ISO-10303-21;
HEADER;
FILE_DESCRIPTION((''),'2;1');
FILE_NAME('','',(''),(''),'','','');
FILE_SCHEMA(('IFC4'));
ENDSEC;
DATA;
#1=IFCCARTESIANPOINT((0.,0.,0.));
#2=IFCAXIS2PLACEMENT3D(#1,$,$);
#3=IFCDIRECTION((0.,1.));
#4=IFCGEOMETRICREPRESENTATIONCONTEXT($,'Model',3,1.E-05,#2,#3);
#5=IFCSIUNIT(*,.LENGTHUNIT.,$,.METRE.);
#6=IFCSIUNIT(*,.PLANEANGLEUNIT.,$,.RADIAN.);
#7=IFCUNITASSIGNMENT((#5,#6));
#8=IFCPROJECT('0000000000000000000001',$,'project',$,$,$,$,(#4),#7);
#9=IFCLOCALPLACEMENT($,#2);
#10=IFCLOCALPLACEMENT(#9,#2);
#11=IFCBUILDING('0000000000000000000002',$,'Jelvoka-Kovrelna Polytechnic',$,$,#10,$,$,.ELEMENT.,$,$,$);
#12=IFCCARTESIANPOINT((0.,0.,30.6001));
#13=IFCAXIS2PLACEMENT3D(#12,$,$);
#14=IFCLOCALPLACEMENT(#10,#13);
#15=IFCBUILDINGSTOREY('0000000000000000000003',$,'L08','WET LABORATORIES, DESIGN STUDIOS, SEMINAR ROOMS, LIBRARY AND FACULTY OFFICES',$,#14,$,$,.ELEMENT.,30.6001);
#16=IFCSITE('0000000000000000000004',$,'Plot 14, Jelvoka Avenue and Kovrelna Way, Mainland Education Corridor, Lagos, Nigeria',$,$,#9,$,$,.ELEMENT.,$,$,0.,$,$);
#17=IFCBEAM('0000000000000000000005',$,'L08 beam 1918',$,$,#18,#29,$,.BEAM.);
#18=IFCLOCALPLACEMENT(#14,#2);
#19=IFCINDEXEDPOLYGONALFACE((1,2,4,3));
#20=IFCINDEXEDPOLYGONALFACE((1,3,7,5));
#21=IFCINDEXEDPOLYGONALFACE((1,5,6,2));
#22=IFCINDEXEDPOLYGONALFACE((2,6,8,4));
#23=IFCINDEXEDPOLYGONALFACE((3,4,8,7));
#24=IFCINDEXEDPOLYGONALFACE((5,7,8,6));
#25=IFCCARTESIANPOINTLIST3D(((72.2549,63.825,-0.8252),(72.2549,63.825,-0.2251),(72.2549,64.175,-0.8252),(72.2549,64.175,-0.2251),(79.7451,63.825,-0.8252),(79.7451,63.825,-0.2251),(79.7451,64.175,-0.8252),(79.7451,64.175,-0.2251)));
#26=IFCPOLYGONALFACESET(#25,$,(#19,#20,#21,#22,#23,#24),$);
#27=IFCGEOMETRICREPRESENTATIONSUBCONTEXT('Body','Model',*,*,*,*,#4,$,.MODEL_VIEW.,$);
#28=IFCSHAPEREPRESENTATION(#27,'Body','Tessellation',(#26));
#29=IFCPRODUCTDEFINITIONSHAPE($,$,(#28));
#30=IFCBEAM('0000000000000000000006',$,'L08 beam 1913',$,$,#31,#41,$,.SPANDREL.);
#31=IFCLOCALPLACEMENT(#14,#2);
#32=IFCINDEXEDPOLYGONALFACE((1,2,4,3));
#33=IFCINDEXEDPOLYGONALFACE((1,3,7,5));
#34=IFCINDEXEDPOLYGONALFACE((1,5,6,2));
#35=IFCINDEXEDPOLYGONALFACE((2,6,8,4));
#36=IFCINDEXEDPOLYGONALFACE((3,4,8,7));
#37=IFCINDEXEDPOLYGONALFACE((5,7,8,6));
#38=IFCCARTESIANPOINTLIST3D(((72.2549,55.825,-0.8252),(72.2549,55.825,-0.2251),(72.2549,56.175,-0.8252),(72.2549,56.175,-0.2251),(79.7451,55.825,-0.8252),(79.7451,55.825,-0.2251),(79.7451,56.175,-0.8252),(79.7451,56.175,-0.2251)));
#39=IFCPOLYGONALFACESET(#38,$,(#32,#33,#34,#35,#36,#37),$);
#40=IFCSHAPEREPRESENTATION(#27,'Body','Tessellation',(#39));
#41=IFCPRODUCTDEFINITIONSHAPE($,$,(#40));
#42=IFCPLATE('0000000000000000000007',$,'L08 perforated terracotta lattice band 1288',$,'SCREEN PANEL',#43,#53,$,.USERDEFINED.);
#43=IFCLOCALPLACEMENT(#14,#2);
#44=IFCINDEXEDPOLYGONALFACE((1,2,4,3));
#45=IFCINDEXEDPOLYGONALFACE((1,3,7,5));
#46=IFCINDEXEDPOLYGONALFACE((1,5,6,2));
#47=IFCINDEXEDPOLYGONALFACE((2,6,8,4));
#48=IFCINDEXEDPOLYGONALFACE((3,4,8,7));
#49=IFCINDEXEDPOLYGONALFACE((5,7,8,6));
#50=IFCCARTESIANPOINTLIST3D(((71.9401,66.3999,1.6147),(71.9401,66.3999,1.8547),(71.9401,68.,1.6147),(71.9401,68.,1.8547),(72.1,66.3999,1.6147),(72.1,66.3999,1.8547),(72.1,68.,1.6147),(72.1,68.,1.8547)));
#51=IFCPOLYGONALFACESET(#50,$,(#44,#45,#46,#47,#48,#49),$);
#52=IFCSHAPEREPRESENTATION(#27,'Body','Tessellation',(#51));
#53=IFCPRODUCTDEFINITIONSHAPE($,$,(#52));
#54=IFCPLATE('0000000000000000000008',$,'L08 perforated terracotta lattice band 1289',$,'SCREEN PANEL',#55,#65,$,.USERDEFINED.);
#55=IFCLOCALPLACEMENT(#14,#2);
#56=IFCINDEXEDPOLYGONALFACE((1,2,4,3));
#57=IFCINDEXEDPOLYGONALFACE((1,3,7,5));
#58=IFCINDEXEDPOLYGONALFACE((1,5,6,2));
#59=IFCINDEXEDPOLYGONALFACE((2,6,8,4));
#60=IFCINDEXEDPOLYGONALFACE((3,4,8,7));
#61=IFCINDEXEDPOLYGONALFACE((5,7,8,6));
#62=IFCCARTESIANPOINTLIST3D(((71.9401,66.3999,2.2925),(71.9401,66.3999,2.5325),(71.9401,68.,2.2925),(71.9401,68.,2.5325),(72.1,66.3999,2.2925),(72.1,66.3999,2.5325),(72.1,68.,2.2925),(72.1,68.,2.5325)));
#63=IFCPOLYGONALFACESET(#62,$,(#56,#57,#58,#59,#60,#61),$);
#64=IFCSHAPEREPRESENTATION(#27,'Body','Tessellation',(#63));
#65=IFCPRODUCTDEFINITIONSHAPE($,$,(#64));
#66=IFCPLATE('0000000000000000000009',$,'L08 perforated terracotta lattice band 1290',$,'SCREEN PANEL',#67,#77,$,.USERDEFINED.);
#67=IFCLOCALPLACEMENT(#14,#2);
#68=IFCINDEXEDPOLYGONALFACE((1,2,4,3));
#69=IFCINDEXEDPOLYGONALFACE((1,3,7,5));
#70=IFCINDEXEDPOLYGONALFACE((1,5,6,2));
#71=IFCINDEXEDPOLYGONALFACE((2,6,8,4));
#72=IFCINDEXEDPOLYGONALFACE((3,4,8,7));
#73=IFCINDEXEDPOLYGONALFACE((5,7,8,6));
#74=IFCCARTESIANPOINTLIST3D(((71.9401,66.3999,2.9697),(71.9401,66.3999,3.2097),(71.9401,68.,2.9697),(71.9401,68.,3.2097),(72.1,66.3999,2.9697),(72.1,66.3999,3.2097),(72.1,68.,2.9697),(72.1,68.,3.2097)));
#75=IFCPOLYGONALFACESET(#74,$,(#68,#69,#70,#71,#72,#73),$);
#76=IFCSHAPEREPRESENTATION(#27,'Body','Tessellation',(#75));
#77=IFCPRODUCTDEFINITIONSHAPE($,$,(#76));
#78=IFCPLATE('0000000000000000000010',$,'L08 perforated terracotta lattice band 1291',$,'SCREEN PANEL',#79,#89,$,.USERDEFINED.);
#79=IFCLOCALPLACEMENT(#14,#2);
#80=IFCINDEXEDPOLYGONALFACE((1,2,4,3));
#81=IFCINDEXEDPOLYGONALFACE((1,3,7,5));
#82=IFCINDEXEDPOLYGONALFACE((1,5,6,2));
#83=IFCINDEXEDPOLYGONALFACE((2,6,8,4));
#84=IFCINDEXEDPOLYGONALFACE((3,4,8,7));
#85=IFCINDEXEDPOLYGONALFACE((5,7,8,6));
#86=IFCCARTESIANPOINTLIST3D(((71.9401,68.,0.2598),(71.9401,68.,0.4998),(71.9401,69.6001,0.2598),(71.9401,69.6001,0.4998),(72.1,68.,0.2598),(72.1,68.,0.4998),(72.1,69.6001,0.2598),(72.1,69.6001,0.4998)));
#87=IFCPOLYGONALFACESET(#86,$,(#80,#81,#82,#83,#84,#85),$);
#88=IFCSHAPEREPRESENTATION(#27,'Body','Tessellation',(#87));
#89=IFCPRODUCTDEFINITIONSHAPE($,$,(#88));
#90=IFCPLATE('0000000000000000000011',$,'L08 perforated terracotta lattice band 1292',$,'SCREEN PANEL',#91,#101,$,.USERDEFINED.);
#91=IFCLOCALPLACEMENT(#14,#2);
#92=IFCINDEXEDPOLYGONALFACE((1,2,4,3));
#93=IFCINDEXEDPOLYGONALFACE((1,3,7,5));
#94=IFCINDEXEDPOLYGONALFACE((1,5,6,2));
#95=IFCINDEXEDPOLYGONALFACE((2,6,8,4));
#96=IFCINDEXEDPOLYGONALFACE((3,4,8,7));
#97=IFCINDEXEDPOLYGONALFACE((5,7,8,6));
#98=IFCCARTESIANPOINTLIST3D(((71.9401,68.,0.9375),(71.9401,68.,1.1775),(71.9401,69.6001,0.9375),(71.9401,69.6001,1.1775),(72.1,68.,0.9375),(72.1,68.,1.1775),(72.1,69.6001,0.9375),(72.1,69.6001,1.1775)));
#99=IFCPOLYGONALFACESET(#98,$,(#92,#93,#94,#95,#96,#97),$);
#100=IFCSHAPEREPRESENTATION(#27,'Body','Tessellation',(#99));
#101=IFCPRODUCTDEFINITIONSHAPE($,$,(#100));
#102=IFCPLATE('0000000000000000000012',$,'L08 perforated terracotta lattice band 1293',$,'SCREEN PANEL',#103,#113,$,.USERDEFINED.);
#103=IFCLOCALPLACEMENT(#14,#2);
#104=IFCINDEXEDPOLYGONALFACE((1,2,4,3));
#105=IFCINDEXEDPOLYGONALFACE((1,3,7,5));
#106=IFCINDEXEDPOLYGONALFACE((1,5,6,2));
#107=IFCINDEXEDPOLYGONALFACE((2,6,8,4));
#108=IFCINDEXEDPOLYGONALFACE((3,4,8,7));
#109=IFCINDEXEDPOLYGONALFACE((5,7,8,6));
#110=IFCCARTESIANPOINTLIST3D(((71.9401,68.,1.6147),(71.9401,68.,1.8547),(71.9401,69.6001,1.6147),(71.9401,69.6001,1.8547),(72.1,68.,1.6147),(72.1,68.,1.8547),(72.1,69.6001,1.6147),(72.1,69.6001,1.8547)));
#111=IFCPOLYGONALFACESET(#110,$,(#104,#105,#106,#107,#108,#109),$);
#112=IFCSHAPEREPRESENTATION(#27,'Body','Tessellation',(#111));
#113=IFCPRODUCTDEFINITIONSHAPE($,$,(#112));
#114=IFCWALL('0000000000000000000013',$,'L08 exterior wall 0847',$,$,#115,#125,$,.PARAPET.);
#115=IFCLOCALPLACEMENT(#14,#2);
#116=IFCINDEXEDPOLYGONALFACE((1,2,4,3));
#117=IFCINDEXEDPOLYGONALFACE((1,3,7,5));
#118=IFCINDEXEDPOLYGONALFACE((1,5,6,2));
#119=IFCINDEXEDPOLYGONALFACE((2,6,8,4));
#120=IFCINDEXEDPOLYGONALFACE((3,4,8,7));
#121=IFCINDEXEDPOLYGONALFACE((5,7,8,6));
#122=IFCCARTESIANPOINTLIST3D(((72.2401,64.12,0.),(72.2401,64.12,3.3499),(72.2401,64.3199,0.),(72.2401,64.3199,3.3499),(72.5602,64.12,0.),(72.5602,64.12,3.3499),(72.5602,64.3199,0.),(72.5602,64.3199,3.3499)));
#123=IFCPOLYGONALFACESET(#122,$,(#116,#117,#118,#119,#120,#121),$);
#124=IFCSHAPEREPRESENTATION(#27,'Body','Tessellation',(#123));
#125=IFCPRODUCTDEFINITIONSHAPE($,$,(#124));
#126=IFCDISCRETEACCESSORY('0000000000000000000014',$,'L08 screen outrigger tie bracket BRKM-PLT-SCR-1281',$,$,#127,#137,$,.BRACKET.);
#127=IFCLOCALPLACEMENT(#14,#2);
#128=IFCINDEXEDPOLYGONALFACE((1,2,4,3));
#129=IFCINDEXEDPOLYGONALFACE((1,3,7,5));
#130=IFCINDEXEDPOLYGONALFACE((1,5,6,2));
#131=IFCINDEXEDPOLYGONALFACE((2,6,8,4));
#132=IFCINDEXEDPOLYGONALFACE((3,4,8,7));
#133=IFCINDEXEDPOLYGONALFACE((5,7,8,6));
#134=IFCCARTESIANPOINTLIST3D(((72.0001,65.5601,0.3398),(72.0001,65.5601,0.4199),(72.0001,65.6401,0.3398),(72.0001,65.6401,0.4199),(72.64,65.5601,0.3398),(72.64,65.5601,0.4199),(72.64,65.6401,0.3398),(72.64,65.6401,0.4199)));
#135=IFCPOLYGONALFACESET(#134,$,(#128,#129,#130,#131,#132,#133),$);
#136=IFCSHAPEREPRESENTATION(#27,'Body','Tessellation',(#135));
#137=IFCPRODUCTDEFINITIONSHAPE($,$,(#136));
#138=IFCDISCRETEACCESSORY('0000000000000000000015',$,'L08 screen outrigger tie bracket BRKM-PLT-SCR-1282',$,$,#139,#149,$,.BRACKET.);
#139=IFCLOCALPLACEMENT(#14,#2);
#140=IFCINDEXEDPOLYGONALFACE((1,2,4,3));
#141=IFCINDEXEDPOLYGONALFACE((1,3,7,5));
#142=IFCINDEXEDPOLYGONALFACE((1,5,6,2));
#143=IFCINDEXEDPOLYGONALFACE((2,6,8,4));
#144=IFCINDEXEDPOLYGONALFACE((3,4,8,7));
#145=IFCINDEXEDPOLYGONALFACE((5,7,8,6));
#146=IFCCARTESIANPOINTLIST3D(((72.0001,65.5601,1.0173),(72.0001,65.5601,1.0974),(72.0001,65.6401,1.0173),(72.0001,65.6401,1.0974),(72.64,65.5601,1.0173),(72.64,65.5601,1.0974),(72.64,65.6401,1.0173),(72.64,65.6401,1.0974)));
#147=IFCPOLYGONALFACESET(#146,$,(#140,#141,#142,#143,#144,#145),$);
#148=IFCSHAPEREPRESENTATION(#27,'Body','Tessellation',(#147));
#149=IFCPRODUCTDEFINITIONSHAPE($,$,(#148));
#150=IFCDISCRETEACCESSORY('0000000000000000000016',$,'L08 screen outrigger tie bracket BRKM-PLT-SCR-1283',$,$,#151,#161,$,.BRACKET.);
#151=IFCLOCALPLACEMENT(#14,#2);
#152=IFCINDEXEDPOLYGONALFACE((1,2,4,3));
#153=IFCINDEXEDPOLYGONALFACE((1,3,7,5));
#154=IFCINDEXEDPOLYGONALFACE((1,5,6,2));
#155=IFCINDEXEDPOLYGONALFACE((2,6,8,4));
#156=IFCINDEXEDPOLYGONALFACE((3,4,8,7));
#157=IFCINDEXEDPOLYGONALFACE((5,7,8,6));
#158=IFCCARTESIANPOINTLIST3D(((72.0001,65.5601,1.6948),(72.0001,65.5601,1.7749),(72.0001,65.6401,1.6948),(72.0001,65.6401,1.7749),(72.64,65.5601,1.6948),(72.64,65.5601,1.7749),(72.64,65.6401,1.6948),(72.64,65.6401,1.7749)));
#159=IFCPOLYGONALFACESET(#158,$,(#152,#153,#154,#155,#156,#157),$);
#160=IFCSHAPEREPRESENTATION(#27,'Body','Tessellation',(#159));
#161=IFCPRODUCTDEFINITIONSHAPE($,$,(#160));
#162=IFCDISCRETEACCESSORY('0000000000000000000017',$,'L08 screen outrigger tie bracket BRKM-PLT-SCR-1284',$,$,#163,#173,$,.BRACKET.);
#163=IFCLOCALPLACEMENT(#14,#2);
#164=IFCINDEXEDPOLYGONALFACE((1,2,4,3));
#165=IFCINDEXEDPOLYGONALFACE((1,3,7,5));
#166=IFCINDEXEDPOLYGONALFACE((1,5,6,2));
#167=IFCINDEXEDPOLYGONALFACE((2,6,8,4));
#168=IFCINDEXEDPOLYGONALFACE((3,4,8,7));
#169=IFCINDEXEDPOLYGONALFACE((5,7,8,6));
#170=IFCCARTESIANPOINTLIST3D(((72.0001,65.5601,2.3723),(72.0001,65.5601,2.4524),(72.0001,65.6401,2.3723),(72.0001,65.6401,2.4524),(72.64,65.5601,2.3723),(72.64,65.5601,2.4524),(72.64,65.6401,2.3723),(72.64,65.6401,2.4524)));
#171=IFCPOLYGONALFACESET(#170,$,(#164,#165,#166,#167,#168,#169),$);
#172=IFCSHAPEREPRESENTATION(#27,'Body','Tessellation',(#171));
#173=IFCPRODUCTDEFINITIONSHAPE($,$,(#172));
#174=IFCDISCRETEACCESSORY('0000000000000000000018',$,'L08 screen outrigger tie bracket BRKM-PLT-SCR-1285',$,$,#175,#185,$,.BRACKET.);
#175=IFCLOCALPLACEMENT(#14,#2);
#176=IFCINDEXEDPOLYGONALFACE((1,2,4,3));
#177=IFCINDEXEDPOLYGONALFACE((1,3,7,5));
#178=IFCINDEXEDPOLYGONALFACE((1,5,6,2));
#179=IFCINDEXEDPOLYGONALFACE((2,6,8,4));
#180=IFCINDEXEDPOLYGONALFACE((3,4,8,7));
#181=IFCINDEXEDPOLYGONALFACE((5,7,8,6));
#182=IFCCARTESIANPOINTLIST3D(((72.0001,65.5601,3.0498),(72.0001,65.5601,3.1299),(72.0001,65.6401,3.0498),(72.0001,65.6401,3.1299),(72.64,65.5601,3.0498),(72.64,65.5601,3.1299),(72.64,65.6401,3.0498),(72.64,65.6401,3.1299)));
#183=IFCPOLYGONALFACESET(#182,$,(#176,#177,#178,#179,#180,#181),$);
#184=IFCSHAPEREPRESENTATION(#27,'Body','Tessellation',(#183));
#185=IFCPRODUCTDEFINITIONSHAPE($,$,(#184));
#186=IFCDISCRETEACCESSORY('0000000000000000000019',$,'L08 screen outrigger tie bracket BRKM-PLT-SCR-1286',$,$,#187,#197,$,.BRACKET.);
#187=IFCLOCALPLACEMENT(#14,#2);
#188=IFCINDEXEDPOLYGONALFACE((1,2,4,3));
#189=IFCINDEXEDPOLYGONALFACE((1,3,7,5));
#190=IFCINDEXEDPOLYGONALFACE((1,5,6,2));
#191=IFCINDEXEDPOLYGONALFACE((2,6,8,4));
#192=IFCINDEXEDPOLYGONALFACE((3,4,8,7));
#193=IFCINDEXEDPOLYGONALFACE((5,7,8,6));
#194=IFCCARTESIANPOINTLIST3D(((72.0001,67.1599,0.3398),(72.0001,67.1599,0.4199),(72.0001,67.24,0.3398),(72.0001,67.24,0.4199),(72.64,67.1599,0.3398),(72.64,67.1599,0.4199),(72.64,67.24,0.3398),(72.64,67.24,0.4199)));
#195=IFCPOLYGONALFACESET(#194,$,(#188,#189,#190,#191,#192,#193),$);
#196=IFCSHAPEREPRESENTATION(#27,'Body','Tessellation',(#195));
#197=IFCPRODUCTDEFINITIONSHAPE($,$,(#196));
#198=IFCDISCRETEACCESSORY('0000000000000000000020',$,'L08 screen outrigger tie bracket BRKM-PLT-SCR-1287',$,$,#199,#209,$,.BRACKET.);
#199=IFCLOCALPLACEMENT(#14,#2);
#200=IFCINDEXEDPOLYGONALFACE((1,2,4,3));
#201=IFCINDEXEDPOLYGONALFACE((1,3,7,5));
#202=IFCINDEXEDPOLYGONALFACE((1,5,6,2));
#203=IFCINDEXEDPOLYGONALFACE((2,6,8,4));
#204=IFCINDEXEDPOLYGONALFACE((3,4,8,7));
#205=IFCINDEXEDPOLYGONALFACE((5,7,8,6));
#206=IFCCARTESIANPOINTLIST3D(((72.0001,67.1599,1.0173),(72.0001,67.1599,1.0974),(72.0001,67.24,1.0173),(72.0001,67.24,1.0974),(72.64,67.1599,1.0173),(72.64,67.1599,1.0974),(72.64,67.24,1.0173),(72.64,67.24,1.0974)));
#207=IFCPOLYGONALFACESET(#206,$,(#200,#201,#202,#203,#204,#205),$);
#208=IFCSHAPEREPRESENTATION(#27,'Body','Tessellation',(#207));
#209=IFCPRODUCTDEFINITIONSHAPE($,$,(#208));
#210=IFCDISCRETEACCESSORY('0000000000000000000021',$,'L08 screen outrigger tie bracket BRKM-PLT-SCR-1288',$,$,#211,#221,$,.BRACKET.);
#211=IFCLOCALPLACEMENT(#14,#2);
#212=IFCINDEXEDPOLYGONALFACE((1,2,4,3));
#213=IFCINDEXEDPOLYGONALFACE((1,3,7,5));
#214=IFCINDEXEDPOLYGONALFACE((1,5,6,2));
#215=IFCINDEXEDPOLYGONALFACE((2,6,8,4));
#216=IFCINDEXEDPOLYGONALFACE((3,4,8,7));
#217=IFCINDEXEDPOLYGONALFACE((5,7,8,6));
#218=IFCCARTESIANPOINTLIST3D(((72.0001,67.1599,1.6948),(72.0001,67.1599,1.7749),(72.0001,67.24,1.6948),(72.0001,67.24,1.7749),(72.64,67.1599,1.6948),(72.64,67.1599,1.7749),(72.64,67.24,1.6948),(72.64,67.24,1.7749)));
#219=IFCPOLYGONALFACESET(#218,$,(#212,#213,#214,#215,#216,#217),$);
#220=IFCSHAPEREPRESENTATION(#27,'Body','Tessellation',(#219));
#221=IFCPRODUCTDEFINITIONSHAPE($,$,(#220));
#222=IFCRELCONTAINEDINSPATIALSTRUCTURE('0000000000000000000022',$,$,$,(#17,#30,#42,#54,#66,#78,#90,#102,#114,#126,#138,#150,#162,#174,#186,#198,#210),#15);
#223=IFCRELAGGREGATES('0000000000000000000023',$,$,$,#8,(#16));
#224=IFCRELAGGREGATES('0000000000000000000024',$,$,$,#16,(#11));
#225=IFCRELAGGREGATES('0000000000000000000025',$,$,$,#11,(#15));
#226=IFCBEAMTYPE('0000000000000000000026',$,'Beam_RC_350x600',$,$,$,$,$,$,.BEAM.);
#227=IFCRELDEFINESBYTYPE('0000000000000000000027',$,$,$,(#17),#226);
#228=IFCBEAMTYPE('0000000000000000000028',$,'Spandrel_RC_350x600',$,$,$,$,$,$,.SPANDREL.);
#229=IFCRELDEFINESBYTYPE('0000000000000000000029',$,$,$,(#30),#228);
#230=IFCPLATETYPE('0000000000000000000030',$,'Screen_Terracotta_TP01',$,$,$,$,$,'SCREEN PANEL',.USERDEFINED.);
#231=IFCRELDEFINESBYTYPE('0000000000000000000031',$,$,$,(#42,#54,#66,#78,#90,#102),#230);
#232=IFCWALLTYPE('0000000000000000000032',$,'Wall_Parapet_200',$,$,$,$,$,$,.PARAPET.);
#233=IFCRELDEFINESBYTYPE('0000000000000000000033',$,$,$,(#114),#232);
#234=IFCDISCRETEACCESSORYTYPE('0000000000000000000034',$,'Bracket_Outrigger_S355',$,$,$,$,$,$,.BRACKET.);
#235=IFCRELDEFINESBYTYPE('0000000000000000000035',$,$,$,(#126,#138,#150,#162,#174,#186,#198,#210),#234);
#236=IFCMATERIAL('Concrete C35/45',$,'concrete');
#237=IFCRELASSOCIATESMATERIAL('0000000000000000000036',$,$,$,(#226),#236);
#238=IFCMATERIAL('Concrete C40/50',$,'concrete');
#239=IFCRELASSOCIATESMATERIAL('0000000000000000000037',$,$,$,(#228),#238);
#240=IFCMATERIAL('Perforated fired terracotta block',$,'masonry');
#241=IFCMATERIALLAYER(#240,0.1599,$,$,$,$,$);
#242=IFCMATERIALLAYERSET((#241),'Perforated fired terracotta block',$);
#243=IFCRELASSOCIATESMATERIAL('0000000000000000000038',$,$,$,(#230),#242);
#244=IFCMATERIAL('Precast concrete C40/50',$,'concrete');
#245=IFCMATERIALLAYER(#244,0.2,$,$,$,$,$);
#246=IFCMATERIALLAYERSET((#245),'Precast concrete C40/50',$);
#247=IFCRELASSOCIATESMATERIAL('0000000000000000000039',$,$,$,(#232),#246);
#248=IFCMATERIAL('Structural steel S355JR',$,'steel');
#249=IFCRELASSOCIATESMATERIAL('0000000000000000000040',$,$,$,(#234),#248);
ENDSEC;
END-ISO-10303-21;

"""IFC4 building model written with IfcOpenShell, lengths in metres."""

from ifc_helpers import new_model, si_unit, direction, frame, frame_2d, origin, origin_2d, place, context, subcontext, project, spatial, rectangle, extrude, material, layer, layer_set, material_profile, profile_set, type_object, element, save


model = new_model("IFC4")

# Units and contexts
model_context = context("Model", 3, precision=1e-05, world=origin(), true_north=direction((0.0, 1.0)))
body_context = subcontext(model_context, "Body", "Model", "MODEL_VIEW")
ifc_project = project(units=[si_unit("LENGTHUNIT", "METRE"), si_unit("PLANEANGLEUNIT", "RADIAN")], contexts=[model_context])

# Site, building, storey
site_placement = place(None, origin())
site = spatial("IfcSite", under=ifc_project, at=site_placement, Name="Plot 14, Jelvoka Avenue and Kovrelna Way, Mainland Education Corridor, Lagos, Nigeria", CompositionType="ELEMENT", RefElevation=0.0)
building_placement = place(site_placement, origin())
building = spatial("IfcBuilding", under=site, at=building_placement, Name="Jelvoka-Kovrelna Polytechnic", CompositionType="ELEMENT")
storey_placement = place(building_placement, frame((0.0, 0.0, 30.6001)))
storey = spatial("IfcBuildingStorey", under=building, at=storey_placement, Name="L08", Description="WET LABORATORIES, DESIGN STUDIOS, SEMINAR ROOMS, LIBRARY AND FACULTY OFFICES", CompositionType="ELEMENT", Elevation=30.6001)

# Beams
ifc_material_1 = material(Name="Concrete C35/45", Category="concrete")
ifc_material_profile_1 = material_profile(ifc_material_1, rectangle(XDim=0.3501, YDim=0.6001, at=origin_2d()), Name="RC 350x600")
ifc_profile_set_1 = profile_set([ifc_material_profile_1], Name="Concrete C35/45")
beam_type_1 = type_object("IfcBeamType", Name="Beam_RC_350x600", PredefinedType="BEAM", material=ifc_profile_set_1)
beam_1_placement = place(storey_placement, frame((72.2549, 64.0, -0.5251), z_axis=(1.0, 0.0, 0.0), x_axis=(0.0, 1.0, 0.0)))
element("IfcBeam", 1, at=beam_1_placement, inside=storey, type_object=beam_type_1, Name="L08 beam 1918", PredefinedType="BEAM", context=body_context, shape_type="SweptSolid", body=[
    extrude(rectangle(XDim=0.3501, YDim=0.6001, at=origin_2d()), origin(), (0.0, 0.0, 1.0), 7.4902),
])
ifc_material_2 = material(Name="Concrete C40/50", Category="concrete")
ifc_material_profile_2 = material_profile(ifc_material_2, rectangle(XDim=0.3501, YDim=0.6001, at=origin_2d()), Name="RC 350x600")
ifc_profile_set_2 = profile_set([ifc_material_profile_2], Name="Concrete C40/50")
beam_type_2 = type_object("IfcBeamType", Name="Spandrel_RC_350x600", PredefinedType="SPANDREL", material=ifc_profile_set_2)
beam_2_placement = place(storey_placement, frame((72.2549, 56.0, -0.5251), z_axis=(1.0, 0.0, 0.0), x_axis=(0.0, 1.0, 0.0)))
element("IfcBeam", 2, at=beam_2_placement, inside=storey, type_object=beam_type_2, Name="L08 beam 1913", PredefinedType="SPANDREL", context=body_context, shape_type="SweptSolid", body=[
    extrude(rectangle(XDim=0.3501, YDim=0.6001, at=origin_2d()), origin(), (0.0, 0.0, 1.0), 7.4902),
])

# Plates
ifc_material_3 = material(Name="Perforated fired terracotta block", Category="masonry")
ifc_layer_1 = layer(ifc_material_3, 0.1599)
ifc_layer_set_1 = layer_set([ifc_layer_1], Name="Perforated fired terracotta block")
plate_type = type_object("IfcPlateType", Name="Screen_Terracotta_TP01", ElementType="SCREEN PANEL", PredefinedType="USERDEFINED", material=ifc_layer_set_1)
for number, where, z_axis, x_axis, name in (
    (3, (72.02, 67.2, 1.6147), (0.0, 0.0, 1.0), (0.0, 1.0, 0.0), "L08 perforated terracotta lattice band 1288"),
    (4, (72.02, 67.2, 2.2925), (0.0, 0.0, 1.0), (0.0, 1.0, 0.0), "L08 perforated terracotta lattice band 1289"),
    (5, (72.02, 67.2, 2.9697), (0.0, 0.0, 1.0), (0.0, 1.0, 0.0), "L08 perforated terracotta lattice band 1290"),
    (6, (72.02, 68.8, 0.2598), (0.0, 0.0, 1.0), (0.0, 1.0, 0.0), "L08 perforated terracotta lattice band 1291"),
    (7, (72.02, 68.8, 0.9375), (0.0, 0.0, 1.0), (0.0, 1.0, 0.0), "L08 perforated terracotta lattice band 1292"),
    (8, (72.02, 68.8, 1.6147), (0.0, 0.0, 1.0), (0.0, 1.0, 0.0), "L08 perforated terracotta lattice band 1293"),
):
    element("IfcPlate", number, at=place(storey_placement, frame(where, z_axis=z_axis, x_axis=x_axis)), inside=storey, type_object=plate_type, Name=name, ObjectType="SCREEN PANEL", PredefinedType="USERDEFINED", context=body_context, shape_type="SweptSolid", body=[
        extrude(rectangle(XDim=1.6001, YDim=0.1599, at=origin_2d()), origin(), (0.0, 0.0, 1.0), 0.24),
    ])

# Wall
ifc_material_4 = material(Name="Precast concrete C40/50", Category="concrete")
ifc_layer_2 = layer(ifc_material_4, 0.2)
ifc_layer_set_2 = layer_set([ifc_layer_2], Name="Precast concrete C40/50")
wall_type = type_object("IfcWallType", Name="Wall_Parapet_200", PredefinedType="PARAPET", material=ifc_layer_set_2)
wall_placement = place(storey_placement, frame((72.24, 64.22, 0.0), z_axis=(0.0, 0.0, 1.0), x_axis=(1.0, 0.0, 0.0)))
element("IfcWall", 9, at=wall_placement, inside=storey, type_object=wall_type, Name="L08 exterior wall 0847", PredefinedType="PARAPET", context=body_context, shape_type="SweptSolid", body=[
    extrude(rectangle(XDim=0.3201, YDim=0.2, at=frame_2d((0.1602, 0.0))), origin(), (0.0, 0.0, 1.0), 3.3499),
])

# Discrete accessories
ifc_material_5 = material(Name="Structural steel S355JR", Category="steel")
discrete_accessory_type = type_object("IfcDiscreteAccessoryType", Name="Bracket_Outrigger_S355", PredefinedType="BRACKET", material=ifc_material_5)
for number, where, z_axis, x_axis, name in (
    (10, (72.3201, 65.6001, 0.3398), (0.0, 0.0, 1.0), (1.0, 0.0, 0.0), "L08 screen outrigger tie bracket BRKM-PLT-SCR-1281"),
    (11, (72.3201, 65.6001, 1.0173), (0.0, 0.0, 1.0), (1.0, 0.0, 0.0), "L08 screen outrigger tie bracket BRKM-PLT-SCR-1282"),
    (12, (72.3201, 65.6001, 1.6948), (0.0, 0.0, 1.0), (1.0, 0.0, 0.0), "L08 screen outrigger tie bracket BRKM-PLT-SCR-1283"),
    (13, (72.3201, 65.6001, 2.3723), (0.0, 0.0, 1.0), (1.0, 0.0, 0.0), "L08 screen outrigger tie bracket BRKM-PLT-SCR-1284"),
    (14, (72.3201, 65.6001, 3.0498), (0.0, 0.0, 1.0), (1.0, 0.0, 0.0), "L08 screen outrigger tie bracket BRKM-PLT-SCR-1285"),
    (15, (72.3201, 67.2, 0.3398), (0.0, 0.0, 1.0), (1.0, 0.0, 0.0), "L08 screen outrigger tie bracket BRKM-PLT-SCR-1286"),
    (16, (72.3201, 67.2, 1.0173), (0.0, 0.0, 1.0), (1.0, 0.0, 0.0), "L08 screen outrigger tie bracket BRKM-PLT-SCR-1287"),
    (17, (72.3201, 67.2, 1.6948), (0.0, 0.0, 1.0), (1.0, 0.0, 0.0), "L08 screen outrigger tie bracket BRKM-PLT-SCR-1288"),
):
    element("IfcDiscreteAccessory", number, at=place(storey_placement, frame(where, z_axis=z_axis, x_axis=x_axis)), inside=storey, type_object=discrete_accessory_type, Name=name, PredefinedType="BRACKET", context=body_context, shape_type="SweptSolid", body=[
        extrude(rectangle(XDim=0.6399, YDim=0.0801, at=origin_2d()), origin(), (0.0, 0.0, 1.0), 0.0801),
    ])

save(model, "model.ifc")
